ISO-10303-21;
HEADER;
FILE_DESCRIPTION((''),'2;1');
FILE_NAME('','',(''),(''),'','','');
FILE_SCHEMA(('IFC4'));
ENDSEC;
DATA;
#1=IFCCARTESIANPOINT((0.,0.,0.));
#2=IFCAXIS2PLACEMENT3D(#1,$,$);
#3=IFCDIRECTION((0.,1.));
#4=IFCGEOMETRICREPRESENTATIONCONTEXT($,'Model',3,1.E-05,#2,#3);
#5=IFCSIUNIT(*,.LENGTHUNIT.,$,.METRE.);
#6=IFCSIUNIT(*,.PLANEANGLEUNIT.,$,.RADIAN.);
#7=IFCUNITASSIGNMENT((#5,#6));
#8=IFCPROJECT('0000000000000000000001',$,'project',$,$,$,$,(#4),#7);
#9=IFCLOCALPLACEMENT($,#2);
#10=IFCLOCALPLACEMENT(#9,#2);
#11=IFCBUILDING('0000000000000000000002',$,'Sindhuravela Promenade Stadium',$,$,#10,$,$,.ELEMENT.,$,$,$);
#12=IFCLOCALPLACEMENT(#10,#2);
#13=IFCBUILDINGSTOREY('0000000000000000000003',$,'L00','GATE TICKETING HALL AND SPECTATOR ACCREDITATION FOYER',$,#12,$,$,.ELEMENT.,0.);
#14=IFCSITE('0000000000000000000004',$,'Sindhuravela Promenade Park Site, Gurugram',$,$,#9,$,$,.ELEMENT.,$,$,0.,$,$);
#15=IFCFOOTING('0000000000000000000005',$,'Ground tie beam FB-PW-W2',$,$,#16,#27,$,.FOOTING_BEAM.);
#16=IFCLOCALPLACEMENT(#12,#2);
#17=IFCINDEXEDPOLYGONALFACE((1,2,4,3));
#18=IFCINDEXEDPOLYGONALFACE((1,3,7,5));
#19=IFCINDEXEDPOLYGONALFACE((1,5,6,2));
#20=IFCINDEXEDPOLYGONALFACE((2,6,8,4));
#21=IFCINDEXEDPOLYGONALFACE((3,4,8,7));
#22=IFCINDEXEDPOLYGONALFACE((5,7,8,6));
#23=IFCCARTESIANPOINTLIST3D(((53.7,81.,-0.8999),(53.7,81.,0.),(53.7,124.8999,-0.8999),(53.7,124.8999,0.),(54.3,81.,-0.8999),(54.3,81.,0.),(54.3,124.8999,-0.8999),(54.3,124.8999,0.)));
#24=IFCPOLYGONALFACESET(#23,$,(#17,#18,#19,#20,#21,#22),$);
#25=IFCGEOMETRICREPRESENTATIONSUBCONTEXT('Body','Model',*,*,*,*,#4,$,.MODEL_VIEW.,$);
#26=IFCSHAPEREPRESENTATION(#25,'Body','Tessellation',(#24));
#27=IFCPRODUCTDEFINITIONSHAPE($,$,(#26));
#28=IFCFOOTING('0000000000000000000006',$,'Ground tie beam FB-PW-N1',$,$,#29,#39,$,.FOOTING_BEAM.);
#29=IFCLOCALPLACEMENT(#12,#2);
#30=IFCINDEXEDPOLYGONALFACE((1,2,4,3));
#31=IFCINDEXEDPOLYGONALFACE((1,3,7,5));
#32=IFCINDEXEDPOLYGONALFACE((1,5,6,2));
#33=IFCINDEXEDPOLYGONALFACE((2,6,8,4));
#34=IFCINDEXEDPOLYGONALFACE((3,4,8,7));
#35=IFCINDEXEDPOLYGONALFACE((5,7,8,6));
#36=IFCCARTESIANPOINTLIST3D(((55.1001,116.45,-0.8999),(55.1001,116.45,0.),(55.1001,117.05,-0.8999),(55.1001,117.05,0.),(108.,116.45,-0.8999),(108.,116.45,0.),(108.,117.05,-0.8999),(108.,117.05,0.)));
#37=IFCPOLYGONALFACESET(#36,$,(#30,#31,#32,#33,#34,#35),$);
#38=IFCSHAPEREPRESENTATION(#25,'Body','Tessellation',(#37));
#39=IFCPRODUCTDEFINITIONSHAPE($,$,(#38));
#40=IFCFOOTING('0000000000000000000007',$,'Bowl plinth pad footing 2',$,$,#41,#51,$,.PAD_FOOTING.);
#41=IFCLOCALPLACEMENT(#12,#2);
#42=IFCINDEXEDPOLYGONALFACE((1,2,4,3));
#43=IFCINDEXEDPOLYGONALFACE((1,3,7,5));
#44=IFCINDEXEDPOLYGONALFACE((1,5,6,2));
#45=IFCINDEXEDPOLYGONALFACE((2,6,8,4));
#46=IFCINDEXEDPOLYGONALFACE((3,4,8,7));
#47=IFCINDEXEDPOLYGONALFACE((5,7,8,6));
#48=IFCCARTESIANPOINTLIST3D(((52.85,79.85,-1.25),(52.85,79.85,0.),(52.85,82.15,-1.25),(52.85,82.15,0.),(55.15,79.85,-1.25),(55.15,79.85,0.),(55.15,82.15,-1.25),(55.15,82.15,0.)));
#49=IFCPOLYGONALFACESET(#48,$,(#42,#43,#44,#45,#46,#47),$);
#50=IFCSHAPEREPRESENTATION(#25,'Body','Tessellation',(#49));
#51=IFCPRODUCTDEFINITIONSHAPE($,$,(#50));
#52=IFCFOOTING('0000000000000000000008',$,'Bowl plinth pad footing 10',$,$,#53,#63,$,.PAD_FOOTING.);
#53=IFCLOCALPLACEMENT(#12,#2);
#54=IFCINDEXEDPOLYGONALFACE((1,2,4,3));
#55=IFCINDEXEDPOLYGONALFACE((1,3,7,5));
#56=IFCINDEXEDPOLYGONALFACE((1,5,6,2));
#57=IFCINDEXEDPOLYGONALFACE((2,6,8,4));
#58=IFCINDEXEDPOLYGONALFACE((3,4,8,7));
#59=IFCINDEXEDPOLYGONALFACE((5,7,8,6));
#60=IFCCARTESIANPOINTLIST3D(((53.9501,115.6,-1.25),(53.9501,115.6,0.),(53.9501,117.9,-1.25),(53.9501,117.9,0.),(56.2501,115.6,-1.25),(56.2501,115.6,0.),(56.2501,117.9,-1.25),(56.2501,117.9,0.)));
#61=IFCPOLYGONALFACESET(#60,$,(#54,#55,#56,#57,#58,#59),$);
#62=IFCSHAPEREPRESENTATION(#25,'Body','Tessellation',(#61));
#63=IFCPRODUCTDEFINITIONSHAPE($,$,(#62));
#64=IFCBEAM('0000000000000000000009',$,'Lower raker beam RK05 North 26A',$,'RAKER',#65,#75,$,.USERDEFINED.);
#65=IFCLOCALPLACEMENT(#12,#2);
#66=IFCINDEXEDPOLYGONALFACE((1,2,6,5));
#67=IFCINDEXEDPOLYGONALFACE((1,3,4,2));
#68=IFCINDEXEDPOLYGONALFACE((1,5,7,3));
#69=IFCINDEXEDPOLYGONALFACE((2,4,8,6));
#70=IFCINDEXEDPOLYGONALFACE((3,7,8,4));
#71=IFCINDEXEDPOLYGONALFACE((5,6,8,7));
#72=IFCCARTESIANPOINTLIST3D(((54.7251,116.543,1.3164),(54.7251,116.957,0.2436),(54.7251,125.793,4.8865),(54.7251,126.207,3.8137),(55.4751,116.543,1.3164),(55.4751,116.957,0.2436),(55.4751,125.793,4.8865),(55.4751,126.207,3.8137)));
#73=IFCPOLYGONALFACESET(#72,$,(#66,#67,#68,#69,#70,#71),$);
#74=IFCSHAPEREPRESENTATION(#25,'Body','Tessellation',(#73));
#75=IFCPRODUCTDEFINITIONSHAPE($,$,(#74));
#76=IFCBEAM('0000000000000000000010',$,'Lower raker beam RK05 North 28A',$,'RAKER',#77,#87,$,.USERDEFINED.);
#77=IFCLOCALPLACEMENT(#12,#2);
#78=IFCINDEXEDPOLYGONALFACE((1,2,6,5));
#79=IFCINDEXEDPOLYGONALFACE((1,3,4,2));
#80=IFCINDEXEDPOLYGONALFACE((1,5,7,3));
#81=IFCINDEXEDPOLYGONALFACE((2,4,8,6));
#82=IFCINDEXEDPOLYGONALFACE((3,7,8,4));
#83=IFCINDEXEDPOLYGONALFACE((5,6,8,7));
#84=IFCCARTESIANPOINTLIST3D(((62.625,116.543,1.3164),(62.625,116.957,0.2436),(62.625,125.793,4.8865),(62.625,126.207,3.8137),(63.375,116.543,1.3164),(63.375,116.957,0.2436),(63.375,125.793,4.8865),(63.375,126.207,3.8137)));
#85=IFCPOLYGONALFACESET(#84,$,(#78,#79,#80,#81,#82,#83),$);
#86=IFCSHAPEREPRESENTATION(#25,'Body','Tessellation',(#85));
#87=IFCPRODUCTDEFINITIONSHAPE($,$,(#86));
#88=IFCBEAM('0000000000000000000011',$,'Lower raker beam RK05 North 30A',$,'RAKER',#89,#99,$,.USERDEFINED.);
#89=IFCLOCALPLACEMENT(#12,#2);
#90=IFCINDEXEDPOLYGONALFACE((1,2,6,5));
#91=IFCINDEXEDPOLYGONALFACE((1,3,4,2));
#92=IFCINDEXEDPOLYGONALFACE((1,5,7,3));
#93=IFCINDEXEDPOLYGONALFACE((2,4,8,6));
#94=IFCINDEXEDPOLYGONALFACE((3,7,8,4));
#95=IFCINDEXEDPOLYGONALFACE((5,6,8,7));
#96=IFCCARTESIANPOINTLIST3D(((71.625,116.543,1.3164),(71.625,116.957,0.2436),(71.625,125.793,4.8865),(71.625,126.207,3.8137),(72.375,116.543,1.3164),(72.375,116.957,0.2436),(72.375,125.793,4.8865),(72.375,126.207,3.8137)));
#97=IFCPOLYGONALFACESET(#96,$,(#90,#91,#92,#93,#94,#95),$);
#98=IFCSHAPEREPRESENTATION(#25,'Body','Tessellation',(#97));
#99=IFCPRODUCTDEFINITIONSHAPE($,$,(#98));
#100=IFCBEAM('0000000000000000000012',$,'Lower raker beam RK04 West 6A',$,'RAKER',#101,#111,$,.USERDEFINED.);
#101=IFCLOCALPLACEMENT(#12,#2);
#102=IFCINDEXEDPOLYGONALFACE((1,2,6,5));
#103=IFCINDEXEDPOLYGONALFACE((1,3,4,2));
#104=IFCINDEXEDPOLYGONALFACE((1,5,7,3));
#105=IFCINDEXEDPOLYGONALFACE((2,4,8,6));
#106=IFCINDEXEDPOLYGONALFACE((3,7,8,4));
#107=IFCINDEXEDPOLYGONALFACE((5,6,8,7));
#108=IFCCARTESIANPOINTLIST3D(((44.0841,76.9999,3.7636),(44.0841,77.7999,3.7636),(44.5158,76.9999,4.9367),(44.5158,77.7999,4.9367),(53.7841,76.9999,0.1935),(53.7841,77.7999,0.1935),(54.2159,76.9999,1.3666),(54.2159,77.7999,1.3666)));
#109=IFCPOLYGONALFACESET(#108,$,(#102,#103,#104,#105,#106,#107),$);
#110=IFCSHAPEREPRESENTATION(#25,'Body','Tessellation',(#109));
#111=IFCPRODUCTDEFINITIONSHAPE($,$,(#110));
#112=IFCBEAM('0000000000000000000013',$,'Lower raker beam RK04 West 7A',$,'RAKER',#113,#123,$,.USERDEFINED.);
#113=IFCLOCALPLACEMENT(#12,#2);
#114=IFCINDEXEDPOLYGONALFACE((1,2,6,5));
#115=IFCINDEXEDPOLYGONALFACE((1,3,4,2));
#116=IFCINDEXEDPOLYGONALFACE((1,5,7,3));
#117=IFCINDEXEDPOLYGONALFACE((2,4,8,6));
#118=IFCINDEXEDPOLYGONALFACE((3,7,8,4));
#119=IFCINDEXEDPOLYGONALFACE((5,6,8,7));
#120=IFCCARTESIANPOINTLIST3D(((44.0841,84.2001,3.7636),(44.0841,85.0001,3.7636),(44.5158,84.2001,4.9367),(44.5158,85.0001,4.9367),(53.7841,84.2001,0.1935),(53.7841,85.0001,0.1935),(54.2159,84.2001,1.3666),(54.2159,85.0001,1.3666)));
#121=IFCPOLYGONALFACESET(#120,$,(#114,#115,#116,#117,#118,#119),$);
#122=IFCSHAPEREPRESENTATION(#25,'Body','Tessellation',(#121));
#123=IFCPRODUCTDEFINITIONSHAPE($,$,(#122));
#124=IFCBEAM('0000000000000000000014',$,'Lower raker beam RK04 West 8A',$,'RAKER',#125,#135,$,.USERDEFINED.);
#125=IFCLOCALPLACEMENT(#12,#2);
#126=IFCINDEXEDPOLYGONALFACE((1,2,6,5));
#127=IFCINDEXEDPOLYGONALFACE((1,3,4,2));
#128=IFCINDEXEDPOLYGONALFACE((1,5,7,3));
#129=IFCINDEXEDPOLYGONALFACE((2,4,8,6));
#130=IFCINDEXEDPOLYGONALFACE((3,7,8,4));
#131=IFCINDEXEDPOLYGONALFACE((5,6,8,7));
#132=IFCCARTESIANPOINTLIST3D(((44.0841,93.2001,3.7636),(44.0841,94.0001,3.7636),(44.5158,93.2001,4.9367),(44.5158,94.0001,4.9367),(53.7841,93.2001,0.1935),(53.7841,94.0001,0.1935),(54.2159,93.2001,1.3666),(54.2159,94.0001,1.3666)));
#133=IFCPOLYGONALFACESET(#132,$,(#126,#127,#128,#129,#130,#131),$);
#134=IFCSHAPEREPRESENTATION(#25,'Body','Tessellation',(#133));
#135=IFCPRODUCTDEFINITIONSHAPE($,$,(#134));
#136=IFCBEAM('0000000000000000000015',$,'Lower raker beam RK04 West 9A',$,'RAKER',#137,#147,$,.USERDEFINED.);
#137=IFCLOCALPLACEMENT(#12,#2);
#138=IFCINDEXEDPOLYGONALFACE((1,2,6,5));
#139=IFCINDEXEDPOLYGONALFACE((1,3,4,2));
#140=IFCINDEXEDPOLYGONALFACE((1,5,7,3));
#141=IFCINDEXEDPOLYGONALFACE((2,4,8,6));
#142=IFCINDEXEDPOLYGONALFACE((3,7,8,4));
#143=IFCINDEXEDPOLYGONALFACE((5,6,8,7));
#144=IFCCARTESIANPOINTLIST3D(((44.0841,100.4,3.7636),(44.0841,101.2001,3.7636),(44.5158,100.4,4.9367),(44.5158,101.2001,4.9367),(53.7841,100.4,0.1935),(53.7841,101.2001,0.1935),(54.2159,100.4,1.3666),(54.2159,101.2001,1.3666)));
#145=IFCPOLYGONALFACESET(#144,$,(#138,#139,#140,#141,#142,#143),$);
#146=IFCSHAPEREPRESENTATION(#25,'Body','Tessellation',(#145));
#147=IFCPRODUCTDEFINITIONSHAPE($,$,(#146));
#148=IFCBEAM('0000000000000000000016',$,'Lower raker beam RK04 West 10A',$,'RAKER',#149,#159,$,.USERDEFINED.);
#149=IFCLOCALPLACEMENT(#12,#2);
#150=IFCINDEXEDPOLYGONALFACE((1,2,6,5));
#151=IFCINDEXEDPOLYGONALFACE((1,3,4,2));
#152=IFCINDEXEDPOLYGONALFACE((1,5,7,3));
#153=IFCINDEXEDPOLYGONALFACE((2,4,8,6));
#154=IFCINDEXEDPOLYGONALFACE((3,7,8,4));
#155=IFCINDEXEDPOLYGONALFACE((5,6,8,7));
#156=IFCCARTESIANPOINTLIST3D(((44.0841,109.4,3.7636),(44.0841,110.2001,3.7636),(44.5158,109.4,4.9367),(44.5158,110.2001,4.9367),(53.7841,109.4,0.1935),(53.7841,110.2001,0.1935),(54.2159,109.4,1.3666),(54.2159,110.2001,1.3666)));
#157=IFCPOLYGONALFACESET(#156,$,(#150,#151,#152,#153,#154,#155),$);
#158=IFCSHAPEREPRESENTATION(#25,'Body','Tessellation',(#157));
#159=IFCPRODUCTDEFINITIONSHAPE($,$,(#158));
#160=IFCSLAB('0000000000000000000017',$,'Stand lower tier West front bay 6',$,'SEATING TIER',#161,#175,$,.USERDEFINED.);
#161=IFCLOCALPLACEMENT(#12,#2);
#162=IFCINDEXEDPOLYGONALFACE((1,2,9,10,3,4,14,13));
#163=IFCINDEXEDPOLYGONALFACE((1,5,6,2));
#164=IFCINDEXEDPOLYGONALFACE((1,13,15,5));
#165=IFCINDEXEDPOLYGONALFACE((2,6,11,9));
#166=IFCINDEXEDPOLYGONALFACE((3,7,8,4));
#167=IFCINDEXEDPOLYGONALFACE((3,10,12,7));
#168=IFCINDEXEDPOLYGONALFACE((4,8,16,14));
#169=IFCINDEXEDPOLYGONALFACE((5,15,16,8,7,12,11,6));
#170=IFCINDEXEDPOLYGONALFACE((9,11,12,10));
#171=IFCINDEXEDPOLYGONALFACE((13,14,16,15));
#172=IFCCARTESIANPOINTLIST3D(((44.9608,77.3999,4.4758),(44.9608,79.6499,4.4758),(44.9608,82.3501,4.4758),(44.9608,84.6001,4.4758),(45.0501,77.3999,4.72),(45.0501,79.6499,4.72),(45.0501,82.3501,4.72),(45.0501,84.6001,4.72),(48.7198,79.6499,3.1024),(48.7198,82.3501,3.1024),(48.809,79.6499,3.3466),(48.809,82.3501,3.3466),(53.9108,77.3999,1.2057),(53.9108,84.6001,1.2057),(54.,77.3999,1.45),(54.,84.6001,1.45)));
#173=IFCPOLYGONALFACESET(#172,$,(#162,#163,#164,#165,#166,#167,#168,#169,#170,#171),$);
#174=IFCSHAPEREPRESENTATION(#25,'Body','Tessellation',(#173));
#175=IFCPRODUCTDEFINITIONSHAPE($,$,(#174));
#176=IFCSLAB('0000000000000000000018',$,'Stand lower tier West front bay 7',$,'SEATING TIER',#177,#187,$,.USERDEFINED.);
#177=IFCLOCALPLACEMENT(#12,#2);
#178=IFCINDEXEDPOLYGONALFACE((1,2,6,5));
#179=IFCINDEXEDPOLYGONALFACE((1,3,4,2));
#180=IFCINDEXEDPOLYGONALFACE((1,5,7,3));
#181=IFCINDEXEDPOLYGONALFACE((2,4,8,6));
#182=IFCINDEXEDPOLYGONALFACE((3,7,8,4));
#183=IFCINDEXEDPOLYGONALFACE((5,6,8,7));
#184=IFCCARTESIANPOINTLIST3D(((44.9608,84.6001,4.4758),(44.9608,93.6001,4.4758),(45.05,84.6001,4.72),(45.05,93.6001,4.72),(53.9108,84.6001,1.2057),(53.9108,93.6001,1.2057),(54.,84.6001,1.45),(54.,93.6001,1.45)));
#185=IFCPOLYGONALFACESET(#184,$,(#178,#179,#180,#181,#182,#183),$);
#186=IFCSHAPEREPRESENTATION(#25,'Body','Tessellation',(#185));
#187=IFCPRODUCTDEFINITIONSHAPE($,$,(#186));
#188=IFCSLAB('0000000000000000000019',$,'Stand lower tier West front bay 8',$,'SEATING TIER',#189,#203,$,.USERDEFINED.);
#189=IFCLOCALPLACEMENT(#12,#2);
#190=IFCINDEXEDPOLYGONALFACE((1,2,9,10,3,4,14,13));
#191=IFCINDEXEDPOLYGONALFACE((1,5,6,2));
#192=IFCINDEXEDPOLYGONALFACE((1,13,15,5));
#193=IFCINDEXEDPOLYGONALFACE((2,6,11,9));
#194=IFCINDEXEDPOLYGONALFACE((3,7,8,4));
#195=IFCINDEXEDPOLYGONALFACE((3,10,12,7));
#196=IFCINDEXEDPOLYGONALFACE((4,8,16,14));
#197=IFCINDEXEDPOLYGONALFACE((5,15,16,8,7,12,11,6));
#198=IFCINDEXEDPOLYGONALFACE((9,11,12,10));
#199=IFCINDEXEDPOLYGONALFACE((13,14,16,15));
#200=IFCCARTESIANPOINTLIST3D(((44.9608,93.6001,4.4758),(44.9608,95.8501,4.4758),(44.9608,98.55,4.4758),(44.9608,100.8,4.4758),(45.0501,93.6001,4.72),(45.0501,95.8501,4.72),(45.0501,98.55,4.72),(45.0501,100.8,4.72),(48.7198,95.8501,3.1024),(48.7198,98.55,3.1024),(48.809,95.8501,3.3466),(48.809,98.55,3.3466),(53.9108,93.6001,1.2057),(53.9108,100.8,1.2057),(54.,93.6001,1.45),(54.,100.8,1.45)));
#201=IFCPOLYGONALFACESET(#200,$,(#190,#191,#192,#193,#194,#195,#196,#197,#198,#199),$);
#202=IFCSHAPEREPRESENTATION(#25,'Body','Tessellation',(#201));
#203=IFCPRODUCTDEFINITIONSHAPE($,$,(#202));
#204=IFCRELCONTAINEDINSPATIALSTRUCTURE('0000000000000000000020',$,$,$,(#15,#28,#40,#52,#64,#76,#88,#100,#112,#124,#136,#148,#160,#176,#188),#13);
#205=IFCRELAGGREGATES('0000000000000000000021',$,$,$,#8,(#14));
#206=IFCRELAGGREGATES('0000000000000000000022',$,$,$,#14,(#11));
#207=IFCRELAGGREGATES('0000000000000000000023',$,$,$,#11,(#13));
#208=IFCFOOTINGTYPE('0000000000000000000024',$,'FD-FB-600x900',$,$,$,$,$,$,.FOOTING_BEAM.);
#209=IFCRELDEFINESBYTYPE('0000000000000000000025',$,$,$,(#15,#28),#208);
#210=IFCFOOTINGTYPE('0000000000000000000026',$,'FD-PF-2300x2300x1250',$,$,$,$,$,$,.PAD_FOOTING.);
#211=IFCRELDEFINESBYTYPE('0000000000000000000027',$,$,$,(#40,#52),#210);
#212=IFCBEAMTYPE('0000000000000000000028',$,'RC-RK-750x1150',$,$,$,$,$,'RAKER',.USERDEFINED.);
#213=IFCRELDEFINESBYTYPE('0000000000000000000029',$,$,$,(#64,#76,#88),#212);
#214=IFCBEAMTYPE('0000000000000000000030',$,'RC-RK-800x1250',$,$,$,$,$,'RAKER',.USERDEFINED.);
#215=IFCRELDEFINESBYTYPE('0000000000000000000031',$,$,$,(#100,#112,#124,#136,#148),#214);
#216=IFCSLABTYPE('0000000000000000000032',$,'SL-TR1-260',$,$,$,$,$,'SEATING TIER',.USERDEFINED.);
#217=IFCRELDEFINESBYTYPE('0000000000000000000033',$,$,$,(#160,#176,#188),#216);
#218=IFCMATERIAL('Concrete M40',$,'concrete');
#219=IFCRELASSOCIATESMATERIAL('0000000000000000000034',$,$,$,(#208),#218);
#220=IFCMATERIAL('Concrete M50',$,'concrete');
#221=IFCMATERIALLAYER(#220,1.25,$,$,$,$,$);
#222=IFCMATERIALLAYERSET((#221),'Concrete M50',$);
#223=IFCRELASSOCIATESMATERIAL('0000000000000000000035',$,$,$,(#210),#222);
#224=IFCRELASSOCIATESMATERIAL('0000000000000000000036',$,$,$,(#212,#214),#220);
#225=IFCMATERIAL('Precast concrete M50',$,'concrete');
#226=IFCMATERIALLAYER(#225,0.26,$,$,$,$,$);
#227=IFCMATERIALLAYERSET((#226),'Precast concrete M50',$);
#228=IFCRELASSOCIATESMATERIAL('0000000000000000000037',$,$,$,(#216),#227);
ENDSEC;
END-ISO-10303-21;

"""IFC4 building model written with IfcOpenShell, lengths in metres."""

from ifc_helpers import new_model, si_unit, direction, frame, origin, origin_2d, place, context, subcontext, project, spatial, polyline, rectangle, outline, extrude, material, layer, layer_set, material_profile, profile_set, type_object, element, save


model = new_model("IFC4")

# Units and contexts
model_context = context("Model", 3, precision=1e-05, world=origin(), true_north=direction((0.0, 1.0)))
body_context = subcontext(model_context, "Body", "Model", "MODEL_VIEW")
ifc_project = project(units=[si_unit("LENGTHUNIT", "METRE"), si_unit("PLANEANGLEUNIT", "RADIAN")], contexts=[model_context])

# Site, building, storey
site_placement = place(None, origin())
site = spatial("IfcSite", under=ifc_project, at=site_placement, Name="Sindhuravela Promenade Park Site, Gurugram", CompositionType="ELEMENT", RefElevation=0.0)
building_placement = place(site_placement, origin())
building = spatial("IfcBuilding", under=site, at=building_placement, Name="Sindhuravela Promenade Stadium", CompositionType="ELEMENT")
storey_placement = place(building_placement, origin())
storey = spatial("IfcBuildingStorey", under=building, at=storey_placement, Name="L00", Description="GATE TICKETING HALL AND SPECTATOR ACCREDITATION FOYER", CompositionType="ELEMENT", Elevation=0.0)

# Footings
ifc_material_1 = material(Name="Concrete M40", Category="concrete")
ifc_material_profile_1 = material_profile(ifc_material_1, rectangle(XDim=0.6001, YDim=0.8999, at=origin_2d()), Name="RC 600x900")
ifc_profile_set_1 = profile_set([ifc_material_profile_1], Name="Concrete M40")
footing_type_1 = type_object("IfcFootingType", Name="FD-FB-600x900", PredefinedType="FOOTING_BEAM", material=ifc_profile_set_1)
footing_1_placement = place(storey_placement, frame((54.0, 81.0, -0.45), z_axis=(0.0, 1.0, 0.0), x_axis=(-1.0, 0.0, 0.0)))
element("IfcFooting", 1, at=footing_1_placement, inside=storey, type_object=footing_type_1, Name="Ground tie beam FB-PW-W2", PredefinedType="FOOTING_BEAM", context=body_context, shape_type="SweptSolid", body=[
    extrude(rectangle(XDim=0.6001, YDim=0.8999, at=origin_2d()), origin(), (0.0, 0.0, 1.0), 43.8999),
])
footing_2_placement = place(storey_placement, frame((55.1001, 116.75, -0.45), z_axis=(1.0, 0.0, 0.0), x_axis=(0.0, 1.0, 0.0)))
element("IfcFooting", 2, at=footing_2_placement, inside=storey, type_object=footing_type_1, Name="Ground tie beam FB-PW-N1", PredefinedType="FOOTING_BEAM", context=body_context, shape_type="SweptSolid", body=[
    extrude(rectangle(XDim=0.6001, YDim=0.8999, at=origin_2d()), origin(), (0.0, 0.0, 1.0), 52.8999),
])
ifc_material_2 = material(Name="Concrete M50", Category="concrete")
ifc_layer_1 = layer(ifc_material_2, 1.25)
ifc_layer_set_1 = layer_set([ifc_layer_1], Name="Concrete M50")
footing_type_2 = type_object("IfcFootingType", Name="FD-PF-2300x2300x1250", PredefinedType="PAD_FOOTING", material=ifc_layer_set_1)
for number, where, z_axis, x_axis, name in (
    (3, (54.0, 81.0, -1.25), (0.0, 0.0, 1.0), (1.0, 0.0, 0.0), "Bowl plinth pad footing 2"),
    (4, (55.1001, 116.75, -1.25), (0.0, 0.0, 1.0), (1.0, 0.0, 0.0), "Bowl plinth pad footing 10"),
):
    element("IfcFooting", number, at=place(storey_placement, frame(where, z_axis=z_axis, x_axis=x_axis)), inside=storey, type_object=footing_type_2, Name=name, PredefinedType="PAD_FOOTING", context=body_context, shape_type="SweptSolid", body=[
        extrude(rectangle(XDim=2.3, YDim=2.3, at=origin_2d()), origin(), (0.0, 0.0, 1.0), 1.25),
    ])

# Beams
ifc_material_profile_2 = material_profile(ifc_material_2, rectangle(XDim=0.75, YDim=1.1499, at=origin_2d()), Name="RC 750x1150")
ifc_profile_set_2 = profile_set([ifc_material_profile_2], Name="Concrete M50")
beam_type_1 = type_object("IfcBeamType", Name="RC-RK-750x1150", ElementType="RAKER", PredefinedType="USERDEFINED", material=ifc_profile_set_2)
for number, where, z_axis, x_axis, name in (
    (5, (55.1001, 116.75, 0.78), (0.0, 0.932927, 0.360066), (-1.0, 0.0, 0.0), "Lower raker beam RK05 North 26A"),
    (6, (63.0, 116.75, 0.78), (0.0, 0.932927, 0.360066), (-1.0, 0.0, 0.0), "Lower raker beam RK05 North 28A"),
    (7, (72.0, 116.75, 0.78), (0.0, 0.932927, 0.360066), (-1.0, 0.0, 0.0), "Lower raker beam RK05 North 30A"),
):
    element("IfcBeam", number, at=place(storey_placement, frame(where, z_axis=z_axis, x_axis=x_axis)), inside=storey, type_object=beam_type_1, Name=name, ObjectType="RAKER", PredefinedType="USERDEFINED", context=body_context, shape_type="SweptSolid", body=[
        extrude(rectangle(XDim=0.75, YDim=1.1499, at=origin_2d()), origin(), (0.0, 0.0, 1.0), 9.915),
    ])
ifc_material_profile_3 = material_profile(ifc_material_2, rectangle(XDim=0.8, YDim=1.25, at=origin_2d()), Name="RC 800x1250")
ifc_profile_set_3 = profile_set([ifc_material_profile_3], Name="Concrete M50")
beam_type_2 = type_object("IfcBeamType", Name="RC-RK-800x1250", ElementType="RAKER", PredefinedType="USERDEFINED", material=ifc_profile_set_3)
for number, where, z_axis, x_axis, name in (
    (8, (54.0, 77.3999, 0.78), (-0.938456, 0.0, 0.345399), (0.0, -1.0, 0.0), "Lower raker beam RK04 West 6A"),
    (9, (54.0, 84.6001, 0.78), (-0.938456, 0.0, 0.345399), (0.0, -1.0, 0.0), "Lower raker beam RK04 West 7A"),
    (10, (54.0, 93.6001, 0.78), (-0.938456, 0.0, 0.345399), (0.0, -1.0, 0.0), "Lower raker beam RK04 West 8A"),
    (11, (54.0, 100.8, 0.78), (-0.938456, 0.0, 0.345399), (0.0, -1.0, 0.0), "Lower raker beam RK04 West 9A"),
    (12, (54.0, 109.8, 0.78), (-0.938456, 0.0, 0.345399), (0.0, -1.0, 0.0), "Lower raker beam RK04 West 10A"),
):
    element("IfcBeam", number, at=place(storey_placement, frame(where, z_axis=z_axis, x_axis=x_axis)), inside=storey, type_object=beam_type_2, Name=name, ObjectType="RAKER", PredefinedType="USERDEFINED", context=body_context, shape_type="SweptSolid", body=[
        extrude(rectangle(XDim=0.8, YDim=1.25, at=origin_2d()), origin(), (0.0, 0.0, 1.0), 10.3362),
    ])

# Slabs
ifc_material_3 = material(Name="Precast concrete M50", Category="concrete")
ifc_layer_2 = layer(ifc_material_3, 0.26)
ifc_layer_set_2 = layer_set([ifc_layer_2], Name="Precast concrete M50")
slab_type = type_object("IfcSlabType", Name="SL-TR1-260", ElementType="SEATING TIER", PredefinedType="USERDEFINED", material=ifc_layer_set_2)
slab_1_placement = place(storey_placement, frame((54.0, 77.3999, 1.45), z_axis=(0.343184, 0.0, 0.939268), x_axis=(0.0, 1.0, 0.0)))
element("IfcSlab", 13, at=slab_1_placement, inside=storey, type_object=slab_type, Name="Stand lower tier West front bay 6", ObjectType="SEATING TIER", PredefinedType="USERDEFINED", context=body_context, shape_type="SweptSolid", body=[
    extrude(outline(polyline([(0.0, 0.0), (7.2002, 0.0), (7.2002, 9.5286), (4.9502, 9.5286), (4.9502, 5.5266), (2.25, 5.5266), (2.25, 9.5286), (0.0, 9.5286), (0.0, 0.0)])), origin(), (0.0, 0.0, -1.0), 0.26),
])
slab_2_placement = place(storey_placement, frame((54.0, 84.6001, 1.45), z_axis=(0.343179, 0.0, 0.93927), x_axis=(0.0, 1.0, 0.0)))
element("IfcSlab", 14, at=slab_2_placement, inside=storey, type_object=slab_type, Name="Stand lower tier West front bay 7", ObjectType="SEATING TIER", PredefinedType="USERDEFINED", context=body_context, shape_type="SweptSolid", body=[
    extrude(outline(polyline([(0.0, 0.0), (9.0, 0.0), (9.0, 9.5286), (0.0, 9.5286), (0.0, 0.0)])), origin(), (0.0, 0.0, -1.0), 0.26),
])
slab_3_placement = place(storey_placement, frame((54.0, 93.6001, 1.45), z_axis=(0.343184, 0.0, 0.939268), x_axis=(0.0, 1.0, 0.0)))
element("IfcSlab", 15, at=slab_3_placement, inside=storey, type_object=slab_type, Name="Stand lower tier West front bay 8", ObjectType="SEATING TIER", PredefinedType="USERDEFINED", context=body_context, shape_type="SweptSolid", body=[
    extrude(outline(polyline([(0.0, 0.0), (7.2, 0.0), (7.2, 9.5286), (4.95, 9.5286), (4.95, 5.5266), (2.25, 5.5266), (2.25, 9.5286), (0.0, 9.5286), (0.0, 0.0)])), origin(), (0.0, 0.0, -1.0), 0.26),
])

save(model, "model.ifc")
